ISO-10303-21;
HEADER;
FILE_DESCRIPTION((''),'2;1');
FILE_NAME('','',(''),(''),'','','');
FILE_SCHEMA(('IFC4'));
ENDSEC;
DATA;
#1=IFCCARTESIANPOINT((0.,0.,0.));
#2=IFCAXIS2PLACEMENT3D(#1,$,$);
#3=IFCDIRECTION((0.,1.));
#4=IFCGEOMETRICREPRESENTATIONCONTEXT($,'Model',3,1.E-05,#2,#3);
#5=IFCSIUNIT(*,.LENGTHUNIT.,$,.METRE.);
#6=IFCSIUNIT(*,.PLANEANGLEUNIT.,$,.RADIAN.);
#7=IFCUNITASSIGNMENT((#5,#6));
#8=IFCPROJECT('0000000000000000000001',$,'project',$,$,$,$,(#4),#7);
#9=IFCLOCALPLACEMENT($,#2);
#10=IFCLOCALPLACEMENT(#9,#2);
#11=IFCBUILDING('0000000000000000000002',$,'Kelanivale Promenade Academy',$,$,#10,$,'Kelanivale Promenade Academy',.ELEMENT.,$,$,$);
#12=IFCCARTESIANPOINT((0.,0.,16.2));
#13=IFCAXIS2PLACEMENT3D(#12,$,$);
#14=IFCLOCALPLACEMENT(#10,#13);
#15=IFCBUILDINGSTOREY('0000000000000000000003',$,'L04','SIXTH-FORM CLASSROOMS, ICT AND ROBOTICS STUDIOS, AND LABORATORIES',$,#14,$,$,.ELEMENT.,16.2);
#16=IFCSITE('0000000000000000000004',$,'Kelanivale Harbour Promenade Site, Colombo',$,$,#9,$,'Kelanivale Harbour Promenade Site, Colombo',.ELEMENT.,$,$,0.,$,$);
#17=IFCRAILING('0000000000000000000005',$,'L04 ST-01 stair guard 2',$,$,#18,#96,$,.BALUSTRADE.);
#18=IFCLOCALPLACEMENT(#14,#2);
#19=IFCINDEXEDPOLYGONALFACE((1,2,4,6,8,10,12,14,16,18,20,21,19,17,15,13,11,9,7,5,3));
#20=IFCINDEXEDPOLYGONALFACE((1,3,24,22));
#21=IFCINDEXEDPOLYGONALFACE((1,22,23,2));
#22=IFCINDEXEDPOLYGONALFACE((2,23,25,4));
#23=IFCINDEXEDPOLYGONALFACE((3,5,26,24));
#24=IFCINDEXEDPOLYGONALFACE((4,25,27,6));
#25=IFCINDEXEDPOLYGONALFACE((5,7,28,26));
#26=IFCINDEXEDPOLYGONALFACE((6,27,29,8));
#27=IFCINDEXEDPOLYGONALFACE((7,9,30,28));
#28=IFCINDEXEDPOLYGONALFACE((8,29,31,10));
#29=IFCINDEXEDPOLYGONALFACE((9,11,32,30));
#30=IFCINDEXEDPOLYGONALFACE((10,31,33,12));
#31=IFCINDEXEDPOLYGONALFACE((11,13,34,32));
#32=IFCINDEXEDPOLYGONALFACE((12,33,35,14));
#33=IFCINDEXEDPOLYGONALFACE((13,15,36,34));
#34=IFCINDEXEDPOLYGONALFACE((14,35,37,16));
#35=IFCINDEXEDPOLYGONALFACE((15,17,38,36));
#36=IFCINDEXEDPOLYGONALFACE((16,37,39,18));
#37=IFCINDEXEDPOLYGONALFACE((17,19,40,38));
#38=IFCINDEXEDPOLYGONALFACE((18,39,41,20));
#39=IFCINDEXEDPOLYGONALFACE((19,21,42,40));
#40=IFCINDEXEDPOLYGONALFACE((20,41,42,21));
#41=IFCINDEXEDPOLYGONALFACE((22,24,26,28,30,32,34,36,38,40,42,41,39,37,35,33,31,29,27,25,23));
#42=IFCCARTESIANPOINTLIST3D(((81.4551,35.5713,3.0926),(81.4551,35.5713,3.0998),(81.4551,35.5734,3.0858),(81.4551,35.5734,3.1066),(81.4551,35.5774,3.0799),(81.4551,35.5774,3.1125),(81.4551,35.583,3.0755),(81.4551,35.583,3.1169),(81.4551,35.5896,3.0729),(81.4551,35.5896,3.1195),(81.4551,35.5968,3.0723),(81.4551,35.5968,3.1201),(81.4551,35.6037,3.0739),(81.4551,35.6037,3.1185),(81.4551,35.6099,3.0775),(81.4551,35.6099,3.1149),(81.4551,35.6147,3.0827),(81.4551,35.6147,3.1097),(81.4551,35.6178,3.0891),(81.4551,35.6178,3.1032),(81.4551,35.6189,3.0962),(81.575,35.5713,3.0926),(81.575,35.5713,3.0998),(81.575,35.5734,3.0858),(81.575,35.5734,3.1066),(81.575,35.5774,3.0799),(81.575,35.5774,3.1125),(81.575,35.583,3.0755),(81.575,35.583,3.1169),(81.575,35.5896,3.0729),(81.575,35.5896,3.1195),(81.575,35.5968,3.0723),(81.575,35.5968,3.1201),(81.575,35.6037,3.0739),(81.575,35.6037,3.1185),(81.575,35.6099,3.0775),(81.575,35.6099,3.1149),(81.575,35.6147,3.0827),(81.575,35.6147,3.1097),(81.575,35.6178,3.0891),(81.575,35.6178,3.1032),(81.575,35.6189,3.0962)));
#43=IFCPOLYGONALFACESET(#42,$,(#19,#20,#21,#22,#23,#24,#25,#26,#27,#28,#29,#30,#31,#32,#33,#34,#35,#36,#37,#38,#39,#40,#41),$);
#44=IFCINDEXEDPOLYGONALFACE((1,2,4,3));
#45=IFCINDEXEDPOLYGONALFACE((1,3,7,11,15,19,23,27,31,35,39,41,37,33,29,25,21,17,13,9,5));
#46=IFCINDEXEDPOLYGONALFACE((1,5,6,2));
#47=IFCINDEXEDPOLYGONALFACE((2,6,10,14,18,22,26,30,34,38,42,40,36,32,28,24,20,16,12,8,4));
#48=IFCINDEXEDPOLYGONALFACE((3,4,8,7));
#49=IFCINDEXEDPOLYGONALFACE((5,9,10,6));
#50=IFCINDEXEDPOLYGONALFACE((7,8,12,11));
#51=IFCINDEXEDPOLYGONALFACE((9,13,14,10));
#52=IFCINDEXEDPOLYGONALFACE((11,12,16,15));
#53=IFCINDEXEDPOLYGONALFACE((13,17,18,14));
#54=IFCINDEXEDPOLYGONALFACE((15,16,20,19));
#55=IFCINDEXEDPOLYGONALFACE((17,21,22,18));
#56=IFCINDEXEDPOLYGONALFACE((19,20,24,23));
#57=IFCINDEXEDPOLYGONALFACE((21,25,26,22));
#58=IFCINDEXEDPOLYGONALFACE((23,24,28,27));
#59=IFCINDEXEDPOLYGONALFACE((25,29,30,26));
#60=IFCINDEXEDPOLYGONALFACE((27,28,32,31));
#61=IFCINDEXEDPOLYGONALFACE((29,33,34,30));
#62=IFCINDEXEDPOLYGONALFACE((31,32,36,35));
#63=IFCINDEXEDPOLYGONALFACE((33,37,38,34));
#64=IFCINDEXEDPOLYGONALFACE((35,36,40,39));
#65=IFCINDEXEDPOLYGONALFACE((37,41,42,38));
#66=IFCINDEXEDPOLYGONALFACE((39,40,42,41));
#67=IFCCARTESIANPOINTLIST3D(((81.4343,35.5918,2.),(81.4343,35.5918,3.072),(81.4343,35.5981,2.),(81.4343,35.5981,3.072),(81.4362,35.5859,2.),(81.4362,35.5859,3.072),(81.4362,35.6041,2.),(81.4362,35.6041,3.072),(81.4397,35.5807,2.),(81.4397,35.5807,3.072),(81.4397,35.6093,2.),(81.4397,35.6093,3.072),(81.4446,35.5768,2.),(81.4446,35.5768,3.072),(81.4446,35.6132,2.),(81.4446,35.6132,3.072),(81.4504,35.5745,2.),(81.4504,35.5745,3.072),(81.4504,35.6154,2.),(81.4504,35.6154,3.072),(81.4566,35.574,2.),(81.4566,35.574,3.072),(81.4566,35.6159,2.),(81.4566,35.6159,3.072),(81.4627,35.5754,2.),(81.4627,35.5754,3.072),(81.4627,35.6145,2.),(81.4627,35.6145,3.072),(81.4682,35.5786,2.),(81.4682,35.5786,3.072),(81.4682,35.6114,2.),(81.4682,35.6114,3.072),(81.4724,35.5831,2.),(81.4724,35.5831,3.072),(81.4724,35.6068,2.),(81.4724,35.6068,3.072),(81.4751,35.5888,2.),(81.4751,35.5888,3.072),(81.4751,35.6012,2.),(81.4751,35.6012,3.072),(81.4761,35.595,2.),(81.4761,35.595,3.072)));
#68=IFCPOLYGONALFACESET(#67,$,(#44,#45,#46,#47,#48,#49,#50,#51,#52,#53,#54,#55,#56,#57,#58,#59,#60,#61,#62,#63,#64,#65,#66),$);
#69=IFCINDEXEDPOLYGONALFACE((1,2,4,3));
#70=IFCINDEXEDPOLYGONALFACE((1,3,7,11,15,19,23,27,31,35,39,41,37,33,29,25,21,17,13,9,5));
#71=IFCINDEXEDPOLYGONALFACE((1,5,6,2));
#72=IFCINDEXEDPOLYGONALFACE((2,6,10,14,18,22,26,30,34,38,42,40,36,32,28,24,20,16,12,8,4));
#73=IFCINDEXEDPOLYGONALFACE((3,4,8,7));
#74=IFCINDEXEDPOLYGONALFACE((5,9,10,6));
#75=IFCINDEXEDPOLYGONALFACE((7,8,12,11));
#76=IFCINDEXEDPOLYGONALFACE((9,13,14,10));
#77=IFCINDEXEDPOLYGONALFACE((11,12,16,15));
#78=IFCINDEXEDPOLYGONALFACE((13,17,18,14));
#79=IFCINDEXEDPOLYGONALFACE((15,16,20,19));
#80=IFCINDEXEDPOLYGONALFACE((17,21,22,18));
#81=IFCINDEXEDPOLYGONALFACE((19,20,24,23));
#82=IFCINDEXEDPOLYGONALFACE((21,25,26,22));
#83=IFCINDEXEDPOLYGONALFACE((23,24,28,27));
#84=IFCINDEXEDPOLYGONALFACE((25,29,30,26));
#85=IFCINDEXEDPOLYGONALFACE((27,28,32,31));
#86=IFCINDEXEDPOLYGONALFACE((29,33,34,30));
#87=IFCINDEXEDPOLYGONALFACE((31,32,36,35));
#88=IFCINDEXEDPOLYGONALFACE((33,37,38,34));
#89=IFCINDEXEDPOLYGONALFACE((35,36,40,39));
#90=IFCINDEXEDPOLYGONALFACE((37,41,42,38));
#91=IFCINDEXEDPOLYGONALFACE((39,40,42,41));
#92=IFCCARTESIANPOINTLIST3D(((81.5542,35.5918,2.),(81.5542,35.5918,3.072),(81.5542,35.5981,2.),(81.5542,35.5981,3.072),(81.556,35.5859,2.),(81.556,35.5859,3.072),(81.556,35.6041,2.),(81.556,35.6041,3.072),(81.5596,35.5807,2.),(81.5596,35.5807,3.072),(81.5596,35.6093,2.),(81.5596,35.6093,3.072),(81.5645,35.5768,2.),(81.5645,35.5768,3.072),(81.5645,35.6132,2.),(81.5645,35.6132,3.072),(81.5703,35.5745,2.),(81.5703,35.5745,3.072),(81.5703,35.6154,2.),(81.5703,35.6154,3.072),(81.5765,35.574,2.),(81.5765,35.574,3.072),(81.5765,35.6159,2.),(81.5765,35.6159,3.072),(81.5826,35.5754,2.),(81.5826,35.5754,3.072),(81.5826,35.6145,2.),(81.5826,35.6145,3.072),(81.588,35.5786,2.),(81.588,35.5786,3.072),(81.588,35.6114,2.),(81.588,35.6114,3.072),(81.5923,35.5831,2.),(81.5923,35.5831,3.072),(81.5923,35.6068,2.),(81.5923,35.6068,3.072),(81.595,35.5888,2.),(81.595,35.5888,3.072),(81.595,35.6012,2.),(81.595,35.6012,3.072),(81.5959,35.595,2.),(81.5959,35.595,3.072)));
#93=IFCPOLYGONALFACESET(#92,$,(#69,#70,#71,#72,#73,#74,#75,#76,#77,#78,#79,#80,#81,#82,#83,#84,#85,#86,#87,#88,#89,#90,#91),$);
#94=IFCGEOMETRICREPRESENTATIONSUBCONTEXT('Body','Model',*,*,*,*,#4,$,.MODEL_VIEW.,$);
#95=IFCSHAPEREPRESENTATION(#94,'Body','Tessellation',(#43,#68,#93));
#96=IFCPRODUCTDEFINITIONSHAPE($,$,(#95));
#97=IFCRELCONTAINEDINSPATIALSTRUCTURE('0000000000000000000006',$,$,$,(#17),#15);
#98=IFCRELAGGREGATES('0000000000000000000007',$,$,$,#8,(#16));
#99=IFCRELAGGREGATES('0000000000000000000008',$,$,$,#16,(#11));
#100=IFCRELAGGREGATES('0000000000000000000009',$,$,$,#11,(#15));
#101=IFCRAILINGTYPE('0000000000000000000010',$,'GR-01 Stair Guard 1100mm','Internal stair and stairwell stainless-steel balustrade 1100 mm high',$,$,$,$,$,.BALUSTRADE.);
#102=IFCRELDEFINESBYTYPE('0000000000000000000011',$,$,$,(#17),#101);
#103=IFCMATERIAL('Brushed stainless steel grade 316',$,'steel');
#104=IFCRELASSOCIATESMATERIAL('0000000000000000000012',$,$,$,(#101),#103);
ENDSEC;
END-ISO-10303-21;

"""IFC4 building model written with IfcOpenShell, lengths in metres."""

from ifc_helpers import new_model, si_unit, direction, frame, origin, origin_2d, place, context, subcontext, project, spatial, circle, extrude, material, type_object, element, save


model = new_model("IFC4")

# Units and contexts
model_context = context("Model", 3, precision=1e-05, world=origin(), true_north=direction((0.0, 1.0)))
body_context = subcontext(model_context, "Body", "Model", "MODEL_VIEW")
ifc_project = project(units=[si_unit("LENGTHUNIT", "METRE"), si_unit("PLANEANGLEUNIT", "RADIAN")], contexts=[model_context])

# Site, building, storey
site_placement = place(None, origin())
site = spatial("IfcSite", under=ifc_project, at=site_placement, Name="Kelanivale Harbour Promenade Site, Colombo", LongName="Kelanivale Harbour Promenade Site, Colombo", CompositionType="ELEMENT", RefElevation=0.0)
building_placement = place(site_placement, origin())
building = spatial("IfcBuilding", under=site, at=building_placement, Name="Kelanivale Promenade Academy", LongName="Kelanivale Promenade Academy", CompositionType="ELEMENT")
storey_placement = place(building_placement, frame((0.0, 0.0, 16.2)))
storey = spatial("IfcBuildingStorey", under=building, at=storey_placement, Name="L04", Description="SIXTH-FORM CLASSROOMS, ICT AND ROBOTICS STUDIOS, AND LABORATORIES", CompositionType="ELEMENT", Elevation=16.2)

# Railing
ifc_material_1 = material(Name="Brushed stainless steel grade 316", Category="steel")
railing_type_1 = type_object("IfcRailingType", Name="GR-01 Stair Guard 1100mm", Description="Internal stair and stairwell stainless-steel balustrade 1100 mm high", PredefinedType="BALUSTRADE", material=ifc_material_1)
railing_1_placement = place(storey_placement, frame((81.4551, 35.595, 2.0)))
element("IfcRailing", 1, at=railing_1_placement, inside=storey, type_object=railing_type_1, Name="L04 ST-01 stair guard 2", PredefinedType="BALUSTRADE", context=body_context, shape_type="SweptSolid", body=[
    extrude(circle(Radius=0.0239, at=origin_2d()), frame((0.0, 0.0, 1.0962), z_axis=(1.0, 0.0, 0.0), x_axis=(0.0, 1.0, 0.0)), (0.0, 0.0, 1.0), 0.1199),
    extrude(circle(Radius=0.021, at=origin_2d()), origin(), (0.0, 0.0, 1.0), 1.072),
    extrude(circle(Radius=0.021, at=origin_2d()), frame((0.1199, 0.0, 0.0)), (0.0, 0.0, 1.0), 1.072),
])

save(model, "model.ifc")
